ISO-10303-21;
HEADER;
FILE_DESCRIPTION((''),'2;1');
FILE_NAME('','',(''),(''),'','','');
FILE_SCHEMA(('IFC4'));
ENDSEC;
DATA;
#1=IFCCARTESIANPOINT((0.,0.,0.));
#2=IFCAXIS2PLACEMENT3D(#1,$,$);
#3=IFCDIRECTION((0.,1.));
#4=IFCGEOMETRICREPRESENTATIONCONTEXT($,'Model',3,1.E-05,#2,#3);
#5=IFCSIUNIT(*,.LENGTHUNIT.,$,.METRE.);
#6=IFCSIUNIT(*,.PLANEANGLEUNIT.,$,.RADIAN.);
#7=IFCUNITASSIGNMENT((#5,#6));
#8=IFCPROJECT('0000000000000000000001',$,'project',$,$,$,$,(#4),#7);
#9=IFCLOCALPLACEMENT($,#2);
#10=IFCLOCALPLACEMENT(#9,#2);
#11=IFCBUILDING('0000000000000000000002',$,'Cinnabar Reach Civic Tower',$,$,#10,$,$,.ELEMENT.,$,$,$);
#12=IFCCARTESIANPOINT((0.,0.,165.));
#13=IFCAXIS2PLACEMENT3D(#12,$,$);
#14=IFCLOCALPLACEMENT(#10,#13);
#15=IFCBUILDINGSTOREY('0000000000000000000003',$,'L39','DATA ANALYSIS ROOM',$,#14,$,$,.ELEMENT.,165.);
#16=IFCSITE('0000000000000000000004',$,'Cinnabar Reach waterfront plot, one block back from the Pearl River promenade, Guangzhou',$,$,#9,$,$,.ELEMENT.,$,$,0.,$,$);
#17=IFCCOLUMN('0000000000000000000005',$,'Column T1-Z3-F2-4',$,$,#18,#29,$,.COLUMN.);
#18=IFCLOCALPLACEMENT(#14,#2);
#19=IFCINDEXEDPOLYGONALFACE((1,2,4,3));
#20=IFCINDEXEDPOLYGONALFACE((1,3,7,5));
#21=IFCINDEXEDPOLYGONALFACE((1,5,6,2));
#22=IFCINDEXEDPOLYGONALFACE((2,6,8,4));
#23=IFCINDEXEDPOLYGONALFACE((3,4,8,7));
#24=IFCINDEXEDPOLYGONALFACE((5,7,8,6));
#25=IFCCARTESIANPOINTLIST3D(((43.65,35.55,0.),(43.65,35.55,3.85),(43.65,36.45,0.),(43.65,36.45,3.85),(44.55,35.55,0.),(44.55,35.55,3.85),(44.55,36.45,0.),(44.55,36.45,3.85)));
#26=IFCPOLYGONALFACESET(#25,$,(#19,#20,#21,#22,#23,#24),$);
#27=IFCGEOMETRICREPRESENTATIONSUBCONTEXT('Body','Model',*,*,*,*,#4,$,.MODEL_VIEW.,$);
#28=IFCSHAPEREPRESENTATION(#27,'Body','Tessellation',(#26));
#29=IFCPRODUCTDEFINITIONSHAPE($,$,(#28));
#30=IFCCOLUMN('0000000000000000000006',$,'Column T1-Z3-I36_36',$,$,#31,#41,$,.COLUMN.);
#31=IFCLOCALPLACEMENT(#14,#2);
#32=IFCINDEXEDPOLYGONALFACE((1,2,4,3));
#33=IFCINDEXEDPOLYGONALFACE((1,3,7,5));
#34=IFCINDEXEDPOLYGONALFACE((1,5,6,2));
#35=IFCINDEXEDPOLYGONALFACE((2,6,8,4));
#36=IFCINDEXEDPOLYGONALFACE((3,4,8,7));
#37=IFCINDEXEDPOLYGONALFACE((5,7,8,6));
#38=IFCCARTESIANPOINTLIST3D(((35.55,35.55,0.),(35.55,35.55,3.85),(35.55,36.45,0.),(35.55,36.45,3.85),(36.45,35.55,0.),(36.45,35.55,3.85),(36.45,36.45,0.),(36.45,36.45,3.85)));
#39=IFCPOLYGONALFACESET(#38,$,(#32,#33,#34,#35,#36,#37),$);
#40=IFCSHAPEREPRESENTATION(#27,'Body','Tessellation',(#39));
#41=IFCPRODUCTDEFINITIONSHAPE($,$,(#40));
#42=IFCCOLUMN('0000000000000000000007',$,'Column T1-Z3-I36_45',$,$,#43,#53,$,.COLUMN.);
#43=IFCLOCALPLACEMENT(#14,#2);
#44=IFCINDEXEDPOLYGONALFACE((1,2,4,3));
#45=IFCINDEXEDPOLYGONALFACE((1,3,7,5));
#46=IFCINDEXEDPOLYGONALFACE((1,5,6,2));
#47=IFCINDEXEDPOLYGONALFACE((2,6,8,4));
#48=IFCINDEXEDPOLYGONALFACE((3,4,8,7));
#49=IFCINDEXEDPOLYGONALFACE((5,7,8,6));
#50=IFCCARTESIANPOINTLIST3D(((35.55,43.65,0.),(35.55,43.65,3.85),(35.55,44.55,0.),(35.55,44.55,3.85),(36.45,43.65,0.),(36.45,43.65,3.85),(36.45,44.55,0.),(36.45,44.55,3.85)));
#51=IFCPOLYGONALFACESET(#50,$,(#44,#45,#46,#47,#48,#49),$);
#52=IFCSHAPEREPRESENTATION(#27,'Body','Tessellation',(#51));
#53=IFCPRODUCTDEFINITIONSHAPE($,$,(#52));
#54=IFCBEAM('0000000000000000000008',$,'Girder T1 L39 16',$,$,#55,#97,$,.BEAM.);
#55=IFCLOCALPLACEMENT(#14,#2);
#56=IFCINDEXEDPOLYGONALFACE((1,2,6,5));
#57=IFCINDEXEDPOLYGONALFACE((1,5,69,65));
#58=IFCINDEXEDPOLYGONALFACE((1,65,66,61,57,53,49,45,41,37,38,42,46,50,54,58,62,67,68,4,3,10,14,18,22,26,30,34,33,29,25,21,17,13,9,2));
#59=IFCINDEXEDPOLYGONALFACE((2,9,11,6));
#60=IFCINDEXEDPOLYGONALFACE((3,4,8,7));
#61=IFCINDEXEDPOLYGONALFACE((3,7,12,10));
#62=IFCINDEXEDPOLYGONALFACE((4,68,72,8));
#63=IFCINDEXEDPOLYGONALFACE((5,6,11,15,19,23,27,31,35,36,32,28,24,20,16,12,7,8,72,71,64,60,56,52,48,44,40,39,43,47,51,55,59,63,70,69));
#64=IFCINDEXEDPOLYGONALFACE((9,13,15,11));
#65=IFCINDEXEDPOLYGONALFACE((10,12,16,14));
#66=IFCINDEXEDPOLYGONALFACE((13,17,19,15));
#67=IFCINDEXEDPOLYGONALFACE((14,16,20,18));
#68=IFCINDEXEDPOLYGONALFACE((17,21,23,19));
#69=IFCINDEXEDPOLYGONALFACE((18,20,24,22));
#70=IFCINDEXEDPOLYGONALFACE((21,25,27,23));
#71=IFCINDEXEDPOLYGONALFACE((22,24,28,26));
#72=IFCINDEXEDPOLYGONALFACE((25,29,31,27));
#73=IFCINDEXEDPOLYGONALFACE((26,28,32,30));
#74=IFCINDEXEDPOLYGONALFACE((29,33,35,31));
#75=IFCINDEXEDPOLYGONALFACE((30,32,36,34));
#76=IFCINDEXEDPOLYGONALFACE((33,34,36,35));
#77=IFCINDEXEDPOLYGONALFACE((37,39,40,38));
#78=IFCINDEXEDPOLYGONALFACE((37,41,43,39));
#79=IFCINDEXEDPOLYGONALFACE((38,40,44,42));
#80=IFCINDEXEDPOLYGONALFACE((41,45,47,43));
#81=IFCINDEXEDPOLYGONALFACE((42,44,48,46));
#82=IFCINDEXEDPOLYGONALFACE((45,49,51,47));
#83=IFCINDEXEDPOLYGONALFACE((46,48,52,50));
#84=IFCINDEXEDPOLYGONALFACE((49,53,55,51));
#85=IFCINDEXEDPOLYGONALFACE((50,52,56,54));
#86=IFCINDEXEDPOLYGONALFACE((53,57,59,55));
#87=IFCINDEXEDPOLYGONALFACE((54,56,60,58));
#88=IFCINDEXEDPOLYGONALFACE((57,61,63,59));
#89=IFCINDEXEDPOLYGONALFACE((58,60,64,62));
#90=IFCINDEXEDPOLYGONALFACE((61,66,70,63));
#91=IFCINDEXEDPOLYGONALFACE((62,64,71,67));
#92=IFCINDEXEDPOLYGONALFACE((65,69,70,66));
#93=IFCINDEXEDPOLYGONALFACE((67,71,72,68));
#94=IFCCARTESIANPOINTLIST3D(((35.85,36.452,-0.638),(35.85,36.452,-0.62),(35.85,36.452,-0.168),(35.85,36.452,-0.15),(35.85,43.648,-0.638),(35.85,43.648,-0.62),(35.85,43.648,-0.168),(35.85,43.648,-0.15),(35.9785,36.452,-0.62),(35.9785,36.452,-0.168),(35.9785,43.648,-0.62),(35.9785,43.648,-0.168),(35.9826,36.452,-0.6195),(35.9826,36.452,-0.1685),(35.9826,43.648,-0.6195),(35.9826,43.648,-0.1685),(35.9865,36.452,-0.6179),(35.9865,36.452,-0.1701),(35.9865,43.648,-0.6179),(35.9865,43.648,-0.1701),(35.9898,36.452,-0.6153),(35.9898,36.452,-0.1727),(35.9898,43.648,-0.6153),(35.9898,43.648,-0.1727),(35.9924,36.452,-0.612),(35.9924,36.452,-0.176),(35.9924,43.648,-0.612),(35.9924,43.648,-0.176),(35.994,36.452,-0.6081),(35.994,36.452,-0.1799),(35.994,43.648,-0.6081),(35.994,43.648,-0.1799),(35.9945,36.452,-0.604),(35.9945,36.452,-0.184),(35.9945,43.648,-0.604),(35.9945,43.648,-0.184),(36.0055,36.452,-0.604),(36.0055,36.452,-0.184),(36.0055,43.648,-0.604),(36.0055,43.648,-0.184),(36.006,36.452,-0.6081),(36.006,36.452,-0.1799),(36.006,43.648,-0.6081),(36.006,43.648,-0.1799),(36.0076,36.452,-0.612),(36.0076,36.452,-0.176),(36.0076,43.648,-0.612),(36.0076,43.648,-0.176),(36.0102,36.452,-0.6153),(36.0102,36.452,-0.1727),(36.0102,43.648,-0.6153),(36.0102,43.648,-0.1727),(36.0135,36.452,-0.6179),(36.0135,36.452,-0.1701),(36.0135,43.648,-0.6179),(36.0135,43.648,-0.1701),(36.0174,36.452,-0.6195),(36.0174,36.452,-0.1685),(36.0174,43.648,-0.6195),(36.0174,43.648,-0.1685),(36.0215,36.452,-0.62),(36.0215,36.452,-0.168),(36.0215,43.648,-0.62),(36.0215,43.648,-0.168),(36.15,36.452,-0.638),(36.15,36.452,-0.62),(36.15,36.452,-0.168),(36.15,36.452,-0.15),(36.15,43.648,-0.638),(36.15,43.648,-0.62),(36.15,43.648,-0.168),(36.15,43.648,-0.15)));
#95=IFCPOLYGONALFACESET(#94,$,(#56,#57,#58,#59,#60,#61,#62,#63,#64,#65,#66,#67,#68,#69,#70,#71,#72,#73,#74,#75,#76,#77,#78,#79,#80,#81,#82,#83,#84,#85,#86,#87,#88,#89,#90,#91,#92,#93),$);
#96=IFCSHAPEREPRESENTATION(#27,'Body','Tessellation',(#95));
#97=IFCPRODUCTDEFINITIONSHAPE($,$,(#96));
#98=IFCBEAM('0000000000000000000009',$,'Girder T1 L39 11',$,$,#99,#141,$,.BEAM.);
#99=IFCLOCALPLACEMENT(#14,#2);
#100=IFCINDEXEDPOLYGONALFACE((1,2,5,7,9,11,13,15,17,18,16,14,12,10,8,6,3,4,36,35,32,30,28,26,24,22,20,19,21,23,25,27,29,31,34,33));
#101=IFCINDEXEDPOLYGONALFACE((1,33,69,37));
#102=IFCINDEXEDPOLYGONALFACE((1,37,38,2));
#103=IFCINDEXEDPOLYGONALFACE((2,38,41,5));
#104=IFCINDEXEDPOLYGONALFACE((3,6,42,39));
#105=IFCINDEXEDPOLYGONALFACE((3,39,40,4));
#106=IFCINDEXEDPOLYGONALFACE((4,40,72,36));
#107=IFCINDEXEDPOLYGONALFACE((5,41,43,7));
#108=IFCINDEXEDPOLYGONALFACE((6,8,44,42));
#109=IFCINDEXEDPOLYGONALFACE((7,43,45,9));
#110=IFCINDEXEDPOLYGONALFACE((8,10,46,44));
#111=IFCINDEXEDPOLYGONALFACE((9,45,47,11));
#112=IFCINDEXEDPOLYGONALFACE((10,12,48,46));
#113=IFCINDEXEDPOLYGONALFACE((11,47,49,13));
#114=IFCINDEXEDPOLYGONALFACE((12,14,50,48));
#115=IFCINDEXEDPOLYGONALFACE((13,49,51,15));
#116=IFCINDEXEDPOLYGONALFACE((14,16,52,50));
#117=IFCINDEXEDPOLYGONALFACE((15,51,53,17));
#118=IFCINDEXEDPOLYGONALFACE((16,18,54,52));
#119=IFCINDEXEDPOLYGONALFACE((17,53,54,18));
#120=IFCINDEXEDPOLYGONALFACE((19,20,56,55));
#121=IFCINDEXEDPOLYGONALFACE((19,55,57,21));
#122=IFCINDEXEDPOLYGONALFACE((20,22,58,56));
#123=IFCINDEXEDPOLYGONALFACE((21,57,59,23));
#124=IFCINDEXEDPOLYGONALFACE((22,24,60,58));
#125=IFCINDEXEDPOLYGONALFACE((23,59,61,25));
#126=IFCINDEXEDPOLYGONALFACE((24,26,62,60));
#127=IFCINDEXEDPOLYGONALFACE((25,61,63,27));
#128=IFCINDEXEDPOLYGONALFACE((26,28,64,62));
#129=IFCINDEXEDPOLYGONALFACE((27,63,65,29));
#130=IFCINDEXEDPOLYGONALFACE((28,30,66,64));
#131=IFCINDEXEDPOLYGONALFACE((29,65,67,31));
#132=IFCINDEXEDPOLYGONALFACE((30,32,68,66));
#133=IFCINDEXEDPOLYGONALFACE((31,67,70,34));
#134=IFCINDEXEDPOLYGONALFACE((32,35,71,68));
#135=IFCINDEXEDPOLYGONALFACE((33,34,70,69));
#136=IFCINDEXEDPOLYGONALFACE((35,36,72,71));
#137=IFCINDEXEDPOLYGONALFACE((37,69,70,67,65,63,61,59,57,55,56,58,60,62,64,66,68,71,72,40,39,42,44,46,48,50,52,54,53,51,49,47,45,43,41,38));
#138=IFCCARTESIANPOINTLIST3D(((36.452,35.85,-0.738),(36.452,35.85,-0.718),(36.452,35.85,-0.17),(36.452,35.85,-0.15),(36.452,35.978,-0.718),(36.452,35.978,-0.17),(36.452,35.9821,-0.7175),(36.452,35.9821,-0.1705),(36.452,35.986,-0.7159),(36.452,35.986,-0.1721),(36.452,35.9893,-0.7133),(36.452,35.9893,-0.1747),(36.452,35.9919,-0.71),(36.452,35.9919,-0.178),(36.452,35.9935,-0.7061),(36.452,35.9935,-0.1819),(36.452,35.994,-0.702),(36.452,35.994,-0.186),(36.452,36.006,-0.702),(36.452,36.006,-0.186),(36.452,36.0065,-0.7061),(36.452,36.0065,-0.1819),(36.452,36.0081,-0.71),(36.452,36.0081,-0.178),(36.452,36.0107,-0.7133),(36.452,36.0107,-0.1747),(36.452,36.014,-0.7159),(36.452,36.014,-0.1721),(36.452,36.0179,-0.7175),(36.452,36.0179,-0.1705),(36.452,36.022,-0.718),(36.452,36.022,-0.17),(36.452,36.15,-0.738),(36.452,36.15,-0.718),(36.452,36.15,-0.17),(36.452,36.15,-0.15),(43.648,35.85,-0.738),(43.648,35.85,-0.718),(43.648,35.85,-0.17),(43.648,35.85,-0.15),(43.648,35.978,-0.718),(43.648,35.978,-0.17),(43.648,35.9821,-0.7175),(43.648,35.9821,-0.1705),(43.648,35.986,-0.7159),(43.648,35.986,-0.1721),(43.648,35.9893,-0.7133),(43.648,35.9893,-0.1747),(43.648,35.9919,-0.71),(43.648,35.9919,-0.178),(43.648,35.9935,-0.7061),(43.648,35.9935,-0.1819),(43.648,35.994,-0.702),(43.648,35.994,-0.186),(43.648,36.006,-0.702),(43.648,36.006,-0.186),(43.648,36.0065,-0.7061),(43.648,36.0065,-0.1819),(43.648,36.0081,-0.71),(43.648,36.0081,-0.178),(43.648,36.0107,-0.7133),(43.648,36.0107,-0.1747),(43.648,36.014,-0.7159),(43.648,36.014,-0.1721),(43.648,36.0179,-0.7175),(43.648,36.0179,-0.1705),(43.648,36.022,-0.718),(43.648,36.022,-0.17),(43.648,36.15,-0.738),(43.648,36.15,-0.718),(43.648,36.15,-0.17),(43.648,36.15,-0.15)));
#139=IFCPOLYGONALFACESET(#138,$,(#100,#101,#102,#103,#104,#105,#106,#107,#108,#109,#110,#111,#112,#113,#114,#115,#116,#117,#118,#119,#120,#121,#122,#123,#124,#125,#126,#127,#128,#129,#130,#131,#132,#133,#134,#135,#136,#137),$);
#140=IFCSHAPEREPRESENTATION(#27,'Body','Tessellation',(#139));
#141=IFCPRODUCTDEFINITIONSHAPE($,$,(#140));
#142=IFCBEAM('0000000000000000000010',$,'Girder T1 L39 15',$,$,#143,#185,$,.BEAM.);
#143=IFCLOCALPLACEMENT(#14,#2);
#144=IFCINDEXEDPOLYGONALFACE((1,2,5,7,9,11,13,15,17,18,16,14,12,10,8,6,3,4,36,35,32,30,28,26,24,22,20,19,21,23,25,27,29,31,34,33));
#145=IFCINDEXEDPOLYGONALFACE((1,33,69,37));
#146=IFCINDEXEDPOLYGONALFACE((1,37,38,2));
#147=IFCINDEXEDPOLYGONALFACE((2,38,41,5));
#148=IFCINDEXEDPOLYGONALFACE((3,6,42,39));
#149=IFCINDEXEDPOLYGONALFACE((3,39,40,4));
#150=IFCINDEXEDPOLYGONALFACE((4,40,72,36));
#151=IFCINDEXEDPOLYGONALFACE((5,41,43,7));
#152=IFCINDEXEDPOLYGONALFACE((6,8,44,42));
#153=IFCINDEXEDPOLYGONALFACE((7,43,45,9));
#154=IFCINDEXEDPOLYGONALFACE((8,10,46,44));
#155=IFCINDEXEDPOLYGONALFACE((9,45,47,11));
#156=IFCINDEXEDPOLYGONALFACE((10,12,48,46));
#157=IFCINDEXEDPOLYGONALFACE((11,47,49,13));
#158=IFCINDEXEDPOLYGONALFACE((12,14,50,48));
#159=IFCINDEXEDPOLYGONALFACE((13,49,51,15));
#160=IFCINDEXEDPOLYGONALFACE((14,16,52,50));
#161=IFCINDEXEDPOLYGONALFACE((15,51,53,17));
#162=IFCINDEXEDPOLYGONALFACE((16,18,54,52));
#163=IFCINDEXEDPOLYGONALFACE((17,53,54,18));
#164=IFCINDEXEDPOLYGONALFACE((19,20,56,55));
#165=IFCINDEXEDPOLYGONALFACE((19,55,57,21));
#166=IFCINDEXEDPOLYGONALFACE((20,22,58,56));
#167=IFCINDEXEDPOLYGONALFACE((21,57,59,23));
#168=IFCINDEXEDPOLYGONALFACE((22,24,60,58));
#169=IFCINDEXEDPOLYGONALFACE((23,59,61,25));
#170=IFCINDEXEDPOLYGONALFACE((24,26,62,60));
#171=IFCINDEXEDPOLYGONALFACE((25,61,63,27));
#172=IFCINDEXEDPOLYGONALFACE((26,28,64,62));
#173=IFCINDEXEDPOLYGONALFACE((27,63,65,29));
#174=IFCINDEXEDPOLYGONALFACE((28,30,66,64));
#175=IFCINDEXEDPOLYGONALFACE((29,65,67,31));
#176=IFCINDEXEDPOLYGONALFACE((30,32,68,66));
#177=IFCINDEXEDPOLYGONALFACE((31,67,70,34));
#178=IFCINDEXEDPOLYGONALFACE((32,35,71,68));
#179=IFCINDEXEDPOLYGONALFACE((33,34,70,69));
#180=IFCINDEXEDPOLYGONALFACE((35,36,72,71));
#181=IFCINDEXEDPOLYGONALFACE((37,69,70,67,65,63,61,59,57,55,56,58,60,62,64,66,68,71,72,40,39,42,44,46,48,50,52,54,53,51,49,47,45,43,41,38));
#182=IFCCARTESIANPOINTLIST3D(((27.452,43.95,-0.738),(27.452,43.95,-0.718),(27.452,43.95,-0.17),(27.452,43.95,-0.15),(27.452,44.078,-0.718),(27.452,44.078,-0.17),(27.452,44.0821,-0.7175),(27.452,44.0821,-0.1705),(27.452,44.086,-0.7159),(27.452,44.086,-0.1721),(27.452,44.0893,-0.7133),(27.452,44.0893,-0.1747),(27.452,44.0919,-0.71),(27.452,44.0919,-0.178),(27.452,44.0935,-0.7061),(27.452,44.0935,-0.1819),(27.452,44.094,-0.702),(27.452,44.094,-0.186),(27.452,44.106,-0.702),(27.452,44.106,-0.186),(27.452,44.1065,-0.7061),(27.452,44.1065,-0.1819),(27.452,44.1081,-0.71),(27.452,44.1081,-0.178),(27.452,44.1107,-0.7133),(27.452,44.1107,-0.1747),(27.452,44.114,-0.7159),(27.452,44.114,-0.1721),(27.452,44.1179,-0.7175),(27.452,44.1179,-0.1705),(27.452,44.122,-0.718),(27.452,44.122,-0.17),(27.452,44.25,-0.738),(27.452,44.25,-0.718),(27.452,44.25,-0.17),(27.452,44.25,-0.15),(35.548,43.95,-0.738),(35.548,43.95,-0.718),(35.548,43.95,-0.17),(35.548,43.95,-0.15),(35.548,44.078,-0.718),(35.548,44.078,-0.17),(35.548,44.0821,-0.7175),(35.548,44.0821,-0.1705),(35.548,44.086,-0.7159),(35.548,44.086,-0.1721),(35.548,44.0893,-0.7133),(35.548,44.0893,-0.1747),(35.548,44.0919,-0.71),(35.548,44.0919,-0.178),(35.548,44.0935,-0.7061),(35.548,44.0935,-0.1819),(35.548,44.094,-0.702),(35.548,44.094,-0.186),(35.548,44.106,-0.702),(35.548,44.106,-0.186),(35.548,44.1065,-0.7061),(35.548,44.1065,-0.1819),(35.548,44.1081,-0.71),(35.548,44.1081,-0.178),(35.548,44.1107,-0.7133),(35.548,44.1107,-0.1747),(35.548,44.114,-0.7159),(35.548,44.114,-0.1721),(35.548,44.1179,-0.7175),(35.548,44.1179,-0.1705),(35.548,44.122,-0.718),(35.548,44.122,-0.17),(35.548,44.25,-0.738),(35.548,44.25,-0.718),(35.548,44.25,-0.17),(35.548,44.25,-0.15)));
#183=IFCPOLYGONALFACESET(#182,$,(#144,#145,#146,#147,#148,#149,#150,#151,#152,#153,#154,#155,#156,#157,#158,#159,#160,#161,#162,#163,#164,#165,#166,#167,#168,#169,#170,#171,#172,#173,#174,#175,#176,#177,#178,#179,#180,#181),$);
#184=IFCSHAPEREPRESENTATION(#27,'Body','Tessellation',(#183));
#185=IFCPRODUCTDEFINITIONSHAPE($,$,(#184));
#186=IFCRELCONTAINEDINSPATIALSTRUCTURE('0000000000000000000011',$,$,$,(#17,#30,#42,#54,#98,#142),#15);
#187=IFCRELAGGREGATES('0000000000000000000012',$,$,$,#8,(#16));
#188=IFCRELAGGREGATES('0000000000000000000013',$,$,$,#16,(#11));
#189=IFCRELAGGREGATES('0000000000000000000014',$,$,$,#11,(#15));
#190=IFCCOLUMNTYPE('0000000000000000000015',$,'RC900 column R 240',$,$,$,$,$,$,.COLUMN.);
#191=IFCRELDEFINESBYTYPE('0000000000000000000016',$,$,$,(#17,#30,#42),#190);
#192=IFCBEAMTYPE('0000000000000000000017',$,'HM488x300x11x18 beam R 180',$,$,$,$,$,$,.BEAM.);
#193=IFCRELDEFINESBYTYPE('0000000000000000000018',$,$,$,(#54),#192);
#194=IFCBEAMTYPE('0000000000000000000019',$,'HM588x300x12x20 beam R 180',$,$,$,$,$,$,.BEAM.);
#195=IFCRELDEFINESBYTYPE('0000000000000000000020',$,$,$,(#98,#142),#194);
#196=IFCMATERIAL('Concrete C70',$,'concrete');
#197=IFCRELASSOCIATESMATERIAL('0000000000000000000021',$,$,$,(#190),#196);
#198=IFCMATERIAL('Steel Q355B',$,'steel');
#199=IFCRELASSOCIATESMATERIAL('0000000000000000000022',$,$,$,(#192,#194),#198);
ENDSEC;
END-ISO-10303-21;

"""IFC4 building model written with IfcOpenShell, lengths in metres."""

from ifc_helpers import new_model, si_unit, direction, frame, origin, origin_2d, place, context, subcontext, project, spatial, rectangle, i_section, extrude, material, material_profile, profile_set, type_object, element, save


model = new_model("IFC4")

# Units and contexts
model_context = context("Model", 3, precision=1e-05, world=origin(), true_north=direction((0.0, 1.0)))
body_context = subcontext(model_context, "Body", "Model", "MODEL_VIEW")
ifc_project = project(units=[si_unit("LENGTHUNIT", "METRE"), si_unit("PLANEANGLEUNIT", "RADIAN")], contexts=[model_context])

# Site, building, storey
site_placement = place(None, origin())
site = spatial("IfcSite", under=ifc_project, at=site_placement, Name="Cinnabar Reach waterfront plot, one block back from the Pearl River promenade, Guangzhou", CompositionType="ELEMENT", RefElevation=0.0)
building_placement = place(site_placement, origin())
building = spatial("IfcBuilding", under=site, at=building_placement, Name="Cinnabar Reach Civic Tower", CompositionType="ELEMENT")
storey_placement = place(building_placement, frame((0.0, 0.0, 165.0)))
storey = spatial("IfcBuildingStorey", under=building, at=storey_placement, Name="L39", Description="DATA ANALYSIS ROOM", CompositionType="ELEMENT", Elevation=165.0)

# Columns
ifc_material_1 = material(Name="Concrete C70", Category="concrete")
ifc_material_profile_1 = material_profile(ifc_material_1, rectangle(XDim=0.9, YDim=0.9, at=origin_2d()), Name="RC900")
ifc_profile_set_1 = profile_set([ifc_material_profile_1], Name="Concrete C70")
column_type = type_object("IfcColumnType", Name="RC900 column R 240", PredefinedType="COLUMN", material=ifc_profile_set_1)
for number, where, z_axis, x_axis, name in (
    (1, (44.1, 36.0, 0.0), (0.0, 0.0, 1.0), (1.0, 0.0, 0.0), "Column T1-Z3-F2-4"),
    (2, (36.0, 36.0, 0.0), (0.0, 0.0, 1.0), (1.0, 0.0, 0.0), "Column T1-Z3-I36_36"),
    (3, (36.0, 44.1, 0.0), (0.0, 0.0, 1.0), (1.0, 0.0, 0.0), "Column T1-Z3-I36_45"),
):
    element("IfcColumn", number, at=place(storey_placement, frame(where, z_axis=z_axis, x_axis=x_axis)), inside=storey, type_object=column_type, Name=name, PredefinedType="COLUMN", context=body_context, shape_type="SweptSolid", body=[
        extrude(rectangle(XDim=0.9, YDim=0.9, at=origin_2d()), origin(), (0.0, 0.0, 1.0), 3.85),
    ])

# Beams
ifc_material_2 = material(Name="Steel Q355B", Category="steel")
ifc_material_profile_2 = material_profile(ifc_material_2, i_section(OverallWidth=0.3, OverallDepth=0.488, WebThickness=0.011, FlangeThickness=0.018, FilletRadius=0.016, at=origin_2d()), Name="HM488x300x11x18")
ifc_profile_set_2 = profile_set([ifc_material_profile_2], Name="Steel Q355B")
beam_type_1 = type_object("IfcBeamType", Name="HM488x300x11x18 beam R 180", PredefinedType="BEAM", material=ifc_profile_set_2)
beam_1_placement = place(storey_placement, frame((36.0, 36.452, -0.394), z_axis=(0.0, 1.0, 0.0), x_axis=(-1.0, 0.0, 0.0)))
element("IfcBeam", 4, at=beam_1_placement, inside=storey, type_object=beam_type_1, Name="Girder T1 L39 16", PredefinedType="BEAM", context=body_context, shape_type="SweptSolid", body=[
    extrude(i_section(OverallWidth=0.3, OverallDepth=0.488, WebThickness=0.011, FlangeThickness=0.018, FilletRadius=0.016, at=origin_2d()), origin(), (0.0, 0.0, 1.0), 7.196),
])
ifc_material_profile_3 = material_profile(ifc_material_2, i_section(OverallWidth=0.3, OverallDepth=0.588, WebThickness=0.012, FlangeThickness=0.02, FilletRadius=0.016, at=origin_2d()), Name="HM588x300x12x20")
ifc_profile_set_3 = profile_set([ifc_material_profile_3], Name="Steel Q355B")
beam_type_2 = type_object("IfcBeamType", Name="HM588x300x12x20 beam R 180", PredefinedType="BEAM", material=ifc_profile_set_3)
beam_2_placement = place(storey_placement, frame((36.452, 36.0, -0.444), z_axis=(1.0, 0.0, 0.0), x_axis=(0.0, 1.0, 0.0)))
element("IfcBeam", 5, at=beam_2_placement, inside=storey, type_object=beam_type_2, Name="Girder T1 L39 11", PredefinedType="BEAM", context=body_context, shape_type="SweptSolid", body=[
    extrude(i_section(OverallWidth=0.3, OverallDepth=0.588, WebThickness=0.012, FlangeThickness=0.02, FilletRadius=0.016, at=origin_2d()), origin(), (0.0, 0.0, 1.0), 7.196),
])
beam_3_placement = place(storey_placement, frame((27.452, 44.1, -0.444), z_axis=(1.0, 0.0, 0.0), x_axis=(0.0, 1.0, 0.0)))
element("IfcBeam", 6, at=beam_3_placement, inside=storey, type_object=beam_type_2, Name="Girder T1 L39 15", PredefinedType="BEAM", context=body_context, shape_type="SweptSolid", body=[
    extrude(i_section(OverallWidth=0.3, OverallDepth=0.588, WebThickness=0.012, FlangeThickness=0.02, FilletRadius=0.016, at=origin_2d()), origin(), (0.0, 0.0, 1.0), 8.096),
])

save(model, "model.ifc")
